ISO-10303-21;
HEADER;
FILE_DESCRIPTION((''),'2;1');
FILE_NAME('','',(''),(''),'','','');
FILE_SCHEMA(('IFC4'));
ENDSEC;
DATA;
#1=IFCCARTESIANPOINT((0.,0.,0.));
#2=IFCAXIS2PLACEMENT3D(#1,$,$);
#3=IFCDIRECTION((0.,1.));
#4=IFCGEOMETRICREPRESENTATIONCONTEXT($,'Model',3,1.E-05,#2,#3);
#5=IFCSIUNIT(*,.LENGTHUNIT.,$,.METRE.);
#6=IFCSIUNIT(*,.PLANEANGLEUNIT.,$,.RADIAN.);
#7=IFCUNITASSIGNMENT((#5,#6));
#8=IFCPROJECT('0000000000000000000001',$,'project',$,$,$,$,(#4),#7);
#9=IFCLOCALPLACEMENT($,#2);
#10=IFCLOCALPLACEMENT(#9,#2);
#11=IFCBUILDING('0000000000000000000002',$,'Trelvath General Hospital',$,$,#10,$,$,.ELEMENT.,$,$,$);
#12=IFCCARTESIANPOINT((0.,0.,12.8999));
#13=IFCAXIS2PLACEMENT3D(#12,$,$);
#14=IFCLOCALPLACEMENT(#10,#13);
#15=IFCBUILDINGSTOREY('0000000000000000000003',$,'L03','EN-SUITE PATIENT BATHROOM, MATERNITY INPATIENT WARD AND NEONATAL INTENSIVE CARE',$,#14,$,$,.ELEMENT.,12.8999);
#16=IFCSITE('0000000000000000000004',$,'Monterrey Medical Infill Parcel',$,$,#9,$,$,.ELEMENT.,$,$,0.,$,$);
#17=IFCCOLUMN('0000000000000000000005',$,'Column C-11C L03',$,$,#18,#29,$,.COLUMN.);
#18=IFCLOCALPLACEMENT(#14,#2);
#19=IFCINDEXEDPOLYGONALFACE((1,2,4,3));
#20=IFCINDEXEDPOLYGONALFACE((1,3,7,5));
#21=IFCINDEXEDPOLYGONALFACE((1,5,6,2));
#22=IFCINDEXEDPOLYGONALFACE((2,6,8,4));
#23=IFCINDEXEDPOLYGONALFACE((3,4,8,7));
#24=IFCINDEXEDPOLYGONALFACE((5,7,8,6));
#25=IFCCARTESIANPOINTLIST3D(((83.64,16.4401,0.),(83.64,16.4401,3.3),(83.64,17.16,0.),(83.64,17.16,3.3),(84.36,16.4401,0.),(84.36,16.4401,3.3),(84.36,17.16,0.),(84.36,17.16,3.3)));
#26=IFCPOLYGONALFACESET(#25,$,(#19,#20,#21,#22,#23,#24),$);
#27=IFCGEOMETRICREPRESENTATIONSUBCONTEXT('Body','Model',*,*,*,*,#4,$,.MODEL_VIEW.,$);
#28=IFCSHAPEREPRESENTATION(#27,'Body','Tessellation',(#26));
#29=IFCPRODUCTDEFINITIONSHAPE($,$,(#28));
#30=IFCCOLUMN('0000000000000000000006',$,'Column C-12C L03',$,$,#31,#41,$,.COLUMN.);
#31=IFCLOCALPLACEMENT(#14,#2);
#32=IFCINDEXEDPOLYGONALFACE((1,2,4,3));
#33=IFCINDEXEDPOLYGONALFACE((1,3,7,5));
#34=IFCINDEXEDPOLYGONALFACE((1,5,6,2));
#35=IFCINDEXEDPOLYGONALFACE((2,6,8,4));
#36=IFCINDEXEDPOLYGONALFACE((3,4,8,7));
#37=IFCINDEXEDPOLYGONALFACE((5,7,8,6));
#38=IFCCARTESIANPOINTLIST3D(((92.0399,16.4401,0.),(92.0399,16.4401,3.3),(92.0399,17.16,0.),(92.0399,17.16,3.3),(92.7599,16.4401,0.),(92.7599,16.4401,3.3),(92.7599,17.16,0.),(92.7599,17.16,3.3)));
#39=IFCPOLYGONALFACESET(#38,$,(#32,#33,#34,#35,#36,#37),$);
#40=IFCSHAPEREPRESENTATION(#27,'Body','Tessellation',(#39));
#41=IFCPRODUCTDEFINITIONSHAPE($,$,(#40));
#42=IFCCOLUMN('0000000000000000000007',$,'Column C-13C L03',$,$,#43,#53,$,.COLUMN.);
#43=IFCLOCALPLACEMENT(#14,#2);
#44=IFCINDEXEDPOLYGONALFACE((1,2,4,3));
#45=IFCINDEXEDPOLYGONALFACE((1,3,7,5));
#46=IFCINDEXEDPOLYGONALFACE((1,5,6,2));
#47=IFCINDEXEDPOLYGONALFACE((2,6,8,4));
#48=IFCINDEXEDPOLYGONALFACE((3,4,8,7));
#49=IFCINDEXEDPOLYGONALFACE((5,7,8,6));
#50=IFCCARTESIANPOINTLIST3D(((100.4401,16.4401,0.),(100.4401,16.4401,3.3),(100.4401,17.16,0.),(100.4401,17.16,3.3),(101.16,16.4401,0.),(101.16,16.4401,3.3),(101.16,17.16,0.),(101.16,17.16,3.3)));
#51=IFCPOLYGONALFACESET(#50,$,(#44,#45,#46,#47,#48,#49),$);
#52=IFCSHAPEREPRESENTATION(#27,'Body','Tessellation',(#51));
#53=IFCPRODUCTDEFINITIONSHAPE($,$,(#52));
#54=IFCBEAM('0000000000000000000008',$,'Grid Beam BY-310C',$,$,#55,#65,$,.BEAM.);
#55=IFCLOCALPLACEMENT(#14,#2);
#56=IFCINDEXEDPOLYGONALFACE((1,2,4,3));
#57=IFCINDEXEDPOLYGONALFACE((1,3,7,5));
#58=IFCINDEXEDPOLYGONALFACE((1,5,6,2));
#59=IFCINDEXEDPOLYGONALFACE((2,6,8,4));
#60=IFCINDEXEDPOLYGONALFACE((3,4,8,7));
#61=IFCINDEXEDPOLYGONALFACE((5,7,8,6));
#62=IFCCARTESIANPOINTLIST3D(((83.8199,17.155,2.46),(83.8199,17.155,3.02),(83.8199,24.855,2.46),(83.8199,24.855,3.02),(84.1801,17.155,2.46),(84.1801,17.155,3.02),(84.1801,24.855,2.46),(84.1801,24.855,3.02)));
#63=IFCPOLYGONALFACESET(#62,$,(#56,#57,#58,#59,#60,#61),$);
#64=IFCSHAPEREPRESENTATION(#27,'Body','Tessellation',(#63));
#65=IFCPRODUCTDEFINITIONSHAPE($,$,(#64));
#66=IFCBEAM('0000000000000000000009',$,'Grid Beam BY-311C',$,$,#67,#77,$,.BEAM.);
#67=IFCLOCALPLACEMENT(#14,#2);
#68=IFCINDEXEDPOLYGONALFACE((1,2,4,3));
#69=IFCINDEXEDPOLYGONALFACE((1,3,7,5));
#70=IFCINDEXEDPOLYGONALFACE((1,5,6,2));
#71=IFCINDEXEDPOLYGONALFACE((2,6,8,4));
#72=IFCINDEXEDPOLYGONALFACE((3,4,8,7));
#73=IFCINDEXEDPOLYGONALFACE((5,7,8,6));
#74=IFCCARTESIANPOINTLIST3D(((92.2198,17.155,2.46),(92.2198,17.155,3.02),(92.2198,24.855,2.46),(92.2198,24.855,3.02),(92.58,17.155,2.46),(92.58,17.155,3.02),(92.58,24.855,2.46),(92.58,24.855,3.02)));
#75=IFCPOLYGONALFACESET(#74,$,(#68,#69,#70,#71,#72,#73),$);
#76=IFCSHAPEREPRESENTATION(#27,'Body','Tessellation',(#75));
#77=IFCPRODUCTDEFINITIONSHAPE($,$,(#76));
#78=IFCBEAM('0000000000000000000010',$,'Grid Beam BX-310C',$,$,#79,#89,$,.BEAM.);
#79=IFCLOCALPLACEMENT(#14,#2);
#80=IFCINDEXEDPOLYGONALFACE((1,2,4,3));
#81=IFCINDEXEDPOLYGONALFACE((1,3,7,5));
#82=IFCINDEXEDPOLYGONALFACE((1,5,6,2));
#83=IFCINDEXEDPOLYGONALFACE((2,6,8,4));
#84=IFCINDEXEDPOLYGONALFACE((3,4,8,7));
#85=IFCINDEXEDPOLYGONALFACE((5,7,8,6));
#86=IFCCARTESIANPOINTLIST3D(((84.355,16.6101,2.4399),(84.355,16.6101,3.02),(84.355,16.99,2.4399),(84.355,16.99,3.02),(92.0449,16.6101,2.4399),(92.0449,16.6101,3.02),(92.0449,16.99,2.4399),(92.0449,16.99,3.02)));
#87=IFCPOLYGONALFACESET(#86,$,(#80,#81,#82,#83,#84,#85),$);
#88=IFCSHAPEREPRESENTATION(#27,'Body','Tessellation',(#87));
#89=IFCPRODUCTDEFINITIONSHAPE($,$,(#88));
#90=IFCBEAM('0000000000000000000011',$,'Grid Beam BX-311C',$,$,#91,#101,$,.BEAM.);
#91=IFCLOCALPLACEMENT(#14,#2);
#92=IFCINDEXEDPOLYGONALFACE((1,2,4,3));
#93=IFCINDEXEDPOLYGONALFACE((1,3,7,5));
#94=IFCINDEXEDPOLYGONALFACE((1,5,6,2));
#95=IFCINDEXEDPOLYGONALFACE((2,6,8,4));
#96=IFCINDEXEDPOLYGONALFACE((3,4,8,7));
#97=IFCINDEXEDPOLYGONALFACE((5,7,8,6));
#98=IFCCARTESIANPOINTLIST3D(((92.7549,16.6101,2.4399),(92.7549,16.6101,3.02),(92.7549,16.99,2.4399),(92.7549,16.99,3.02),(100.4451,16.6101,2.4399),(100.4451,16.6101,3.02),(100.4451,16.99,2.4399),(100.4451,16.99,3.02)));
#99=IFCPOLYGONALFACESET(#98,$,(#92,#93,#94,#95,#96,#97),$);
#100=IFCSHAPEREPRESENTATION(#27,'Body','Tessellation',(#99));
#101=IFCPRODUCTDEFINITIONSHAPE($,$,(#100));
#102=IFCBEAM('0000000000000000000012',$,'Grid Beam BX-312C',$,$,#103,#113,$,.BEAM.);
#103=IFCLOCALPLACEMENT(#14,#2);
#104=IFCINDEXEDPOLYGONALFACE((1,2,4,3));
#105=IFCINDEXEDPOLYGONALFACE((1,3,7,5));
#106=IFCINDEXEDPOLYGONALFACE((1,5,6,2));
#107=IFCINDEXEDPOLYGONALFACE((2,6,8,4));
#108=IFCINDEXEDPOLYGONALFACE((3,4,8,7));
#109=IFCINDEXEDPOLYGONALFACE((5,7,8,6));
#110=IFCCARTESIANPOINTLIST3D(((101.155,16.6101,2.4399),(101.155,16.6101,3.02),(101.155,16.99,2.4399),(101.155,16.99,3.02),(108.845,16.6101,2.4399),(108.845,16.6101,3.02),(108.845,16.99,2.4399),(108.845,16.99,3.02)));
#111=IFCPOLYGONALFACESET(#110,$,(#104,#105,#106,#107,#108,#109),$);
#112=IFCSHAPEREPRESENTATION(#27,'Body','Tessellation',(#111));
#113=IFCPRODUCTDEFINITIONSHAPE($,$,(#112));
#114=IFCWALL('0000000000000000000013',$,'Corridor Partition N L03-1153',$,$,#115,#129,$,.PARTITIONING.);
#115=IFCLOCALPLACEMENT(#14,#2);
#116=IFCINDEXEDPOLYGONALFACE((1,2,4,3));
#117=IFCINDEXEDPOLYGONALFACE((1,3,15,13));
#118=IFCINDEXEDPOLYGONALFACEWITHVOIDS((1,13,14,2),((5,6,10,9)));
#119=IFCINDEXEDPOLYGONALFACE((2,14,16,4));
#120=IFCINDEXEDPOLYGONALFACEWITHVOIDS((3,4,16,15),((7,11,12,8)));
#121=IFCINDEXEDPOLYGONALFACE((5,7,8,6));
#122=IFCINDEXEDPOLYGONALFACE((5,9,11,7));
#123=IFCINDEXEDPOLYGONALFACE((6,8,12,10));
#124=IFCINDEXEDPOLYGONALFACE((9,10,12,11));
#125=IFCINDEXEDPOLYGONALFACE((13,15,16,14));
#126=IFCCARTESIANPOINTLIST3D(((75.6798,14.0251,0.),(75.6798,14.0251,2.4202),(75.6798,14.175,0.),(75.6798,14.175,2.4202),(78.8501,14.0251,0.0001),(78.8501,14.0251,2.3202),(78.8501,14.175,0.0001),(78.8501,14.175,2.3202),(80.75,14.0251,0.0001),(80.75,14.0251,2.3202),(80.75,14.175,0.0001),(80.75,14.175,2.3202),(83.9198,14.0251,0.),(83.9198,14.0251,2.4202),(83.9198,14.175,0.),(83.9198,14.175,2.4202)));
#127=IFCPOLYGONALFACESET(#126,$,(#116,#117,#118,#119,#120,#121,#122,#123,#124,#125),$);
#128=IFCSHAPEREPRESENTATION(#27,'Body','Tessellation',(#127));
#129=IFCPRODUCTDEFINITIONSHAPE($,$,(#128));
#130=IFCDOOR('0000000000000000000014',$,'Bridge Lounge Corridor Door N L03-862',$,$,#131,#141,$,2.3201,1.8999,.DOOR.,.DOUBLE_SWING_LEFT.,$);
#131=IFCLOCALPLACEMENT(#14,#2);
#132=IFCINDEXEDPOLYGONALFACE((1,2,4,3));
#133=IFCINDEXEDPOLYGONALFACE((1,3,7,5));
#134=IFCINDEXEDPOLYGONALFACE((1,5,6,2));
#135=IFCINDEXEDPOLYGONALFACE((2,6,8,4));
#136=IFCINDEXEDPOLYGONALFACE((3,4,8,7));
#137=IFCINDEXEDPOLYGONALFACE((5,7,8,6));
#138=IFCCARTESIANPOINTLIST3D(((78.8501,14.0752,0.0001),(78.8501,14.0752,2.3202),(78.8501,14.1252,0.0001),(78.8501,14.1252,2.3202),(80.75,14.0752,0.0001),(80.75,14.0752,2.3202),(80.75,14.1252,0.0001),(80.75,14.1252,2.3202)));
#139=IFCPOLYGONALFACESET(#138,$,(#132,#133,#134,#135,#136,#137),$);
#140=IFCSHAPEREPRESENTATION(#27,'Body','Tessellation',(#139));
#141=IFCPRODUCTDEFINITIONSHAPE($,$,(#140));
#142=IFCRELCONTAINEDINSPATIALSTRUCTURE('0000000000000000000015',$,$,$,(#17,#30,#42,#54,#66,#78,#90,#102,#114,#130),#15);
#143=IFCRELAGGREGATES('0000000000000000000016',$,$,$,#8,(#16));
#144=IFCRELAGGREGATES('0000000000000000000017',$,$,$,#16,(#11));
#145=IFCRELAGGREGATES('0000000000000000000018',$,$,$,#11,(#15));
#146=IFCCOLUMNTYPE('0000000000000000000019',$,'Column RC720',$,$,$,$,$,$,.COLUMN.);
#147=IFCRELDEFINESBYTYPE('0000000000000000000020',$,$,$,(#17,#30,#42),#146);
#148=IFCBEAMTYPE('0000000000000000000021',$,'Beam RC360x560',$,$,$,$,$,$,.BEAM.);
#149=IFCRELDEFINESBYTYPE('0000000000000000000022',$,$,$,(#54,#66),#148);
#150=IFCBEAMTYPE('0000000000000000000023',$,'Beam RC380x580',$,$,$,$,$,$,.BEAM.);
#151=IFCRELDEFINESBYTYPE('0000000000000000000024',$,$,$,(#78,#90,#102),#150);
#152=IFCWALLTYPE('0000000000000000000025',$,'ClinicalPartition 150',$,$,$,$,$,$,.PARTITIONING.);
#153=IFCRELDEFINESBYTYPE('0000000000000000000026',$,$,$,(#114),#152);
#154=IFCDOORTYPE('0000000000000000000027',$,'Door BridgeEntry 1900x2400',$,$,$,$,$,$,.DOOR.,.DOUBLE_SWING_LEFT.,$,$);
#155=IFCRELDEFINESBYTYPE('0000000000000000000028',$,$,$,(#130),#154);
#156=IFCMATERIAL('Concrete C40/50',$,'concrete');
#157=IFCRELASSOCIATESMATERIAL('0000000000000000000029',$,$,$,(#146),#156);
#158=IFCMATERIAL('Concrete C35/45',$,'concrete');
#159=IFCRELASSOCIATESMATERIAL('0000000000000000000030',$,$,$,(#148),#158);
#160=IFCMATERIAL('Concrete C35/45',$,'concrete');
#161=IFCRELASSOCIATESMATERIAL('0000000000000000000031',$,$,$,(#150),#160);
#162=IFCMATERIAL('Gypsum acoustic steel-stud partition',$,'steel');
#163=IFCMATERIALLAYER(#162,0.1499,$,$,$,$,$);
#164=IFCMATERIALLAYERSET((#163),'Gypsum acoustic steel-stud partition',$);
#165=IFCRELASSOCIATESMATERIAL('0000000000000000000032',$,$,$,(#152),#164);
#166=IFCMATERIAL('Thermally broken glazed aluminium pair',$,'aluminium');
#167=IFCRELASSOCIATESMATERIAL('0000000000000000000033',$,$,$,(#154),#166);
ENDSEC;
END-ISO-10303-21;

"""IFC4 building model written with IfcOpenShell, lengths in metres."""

from ifc_helpers import new_model, si_unit, direction, frame, frame_2d, origin, origin_2d, place, context, subcontext, project, spatial, rectangle, extrude, material, layer, layer_set, material_profile, profile_set, type_object, element, fill, save


model = new_model("IFC4")

# Units and contexts
model_context = context("Model", 3, precision=1e-05, world=origin(), true_north=direction((0.0, 1.0)))
body_context = subcontext(model_context, "Body", "Model", "MODEL_VIEW")
ifc_project = project(units=[si_unit("LENGTHUNIT", "METRE"), si_unit("PLANEANGLEUNIT", "RADIAN")], contexts=[model_context])

# Site, building, storey
site_placement = place(None, origin())
site = spatial("IfcSite", under=ifc_project, at=site_placement, Name="Monterrey Medical Infill Parcel", CompositionType="ELEMENT", RefElevation=0.0)
building_placement = place(site_placement, origin())
building = spatial("IfcBuilding", under=site, at=building_placement, Name="Trelvath General Hospital", CompositionType="ELEMENT")
storey_placement = place(building_placement, frame((0.0, 0.0, 12.8999)))
storey = spatial("IfcBuildingStorey", under=building, at=storey_placement, Name="L03", Description="EN-SUITE PATIENT BATHROOM, MATERNITY INPATIENT WARD AND NEONATAL INTENSIVE CARE", CompositionType="ELEMENT", Elevation=12.8999)

# Columns
ifc_material_1 = material(Name="Concrete C40/50", Category="concrete")
ifc_material_profile_1 = material_profile(ifc_material_1, rectangle(XDim=0.72, YDim=0.72, at=origin_2d()), Name="RC720x720")
ifc_profile_set_1 = profile_set([ifc_material_profile_1], Name="Concrete C40/50")
column_type = type_object("IfcColumnType", Name="Column RC720", PredefinedType="COLUMN", material=ifc_profile_set_1)
for number, where, z_axis, x_axis, name in (
    (1, (84.0, 16.8, 0.0), (0.0, 0.0, 1.0), (1.0, 0.0, 0.0), "Column C-11C L03"),
    (2, (92.3999, 16.8, 0.0), (0.0, 0.0, 1.0), (1.0, 0.0, 0.0), "Column C-12C L03"),
    (3, (100.8, 16.8, 0.0), (0.0, 0.0, 1.0), (1.0, 0.0, 0.0), "Column C-13C L03"),
):
    element("IfcColumn", number, at=place(storey_placement, frame(where, z_axis=z_axis, x_axis=x_axis)), inside=storey, type_object=column_type, Name=name, PredefinedType="COLUMN", context=body_context, shape_type="SweptSolid", body=[
        extrude(rectangle(XDim=0.72, YDim=0.72, at=origin_2d()), origin(), (0.0, 0.0, 1.0), 3.3),
    ])

# Beams
ifc_material_2 = material(Name="Concrete C35/45", Category="concrete")
ifc_material_profile_2 = material_profile(ifc_material_2, rectangle(XDim=0.3601, YDim=0.5601, at=origin_2d()), Name="RCB360x560")
ifc_profile_set_2 = profile_set([ifc_material_profile_2], Name="Concrete C35/45")
beam_type_1 = type_object("IfcBeamType", Name="Beam RC360x560", PredefinedType="BEAM", material=ifc_profile_set_2)
for number, where, z_axis, x_axis, name in (
    (4, (84.0, 17.155, 2.74), (0.0, 1.0, 0.0), (-1.0, 0.0, 0.0), "Grid Beam BY-310C"),
    (5, (92.3999, 17.155, 2.74), (0.0, 1.0, 0.0), (-1.0, 0.0, 0.0), "Grid Beam BY-311C"),
):
    element("IfcBeam", number, at=place(storey_placement, frame(where, z_axis=z_axis, x_axis=x_axis)), inside=storey, type_object=beam_type_1, Name=name, PredefinedType="BEAM", context=body_context, shape_type="SweptSolid", body=[
        extrude(rectangle(XDim=0.3601, YDim=0.5601, at=origin_2d()), origin(), (0.0, 0.0, 1.0), 7.7),
    ])
ifc_material_3 = material(Name="Concrete C35/45", Category="concrete")
ifc_material_profile_3 = material_profile(ifc_material_3, rectangle(XDim=0.3799, YDim=0.5801, at=origin_2d()), Name="RCB380x580")
ifc_profile_set_3 = profile_set([ifc_material_profile_3], Name="Concrete C35/45")
beam_type_2 = type_object("IfcBeamType", Name="Beam RC380x580", PredefinedType="BEAM", material=ifc_profile_set_3)
beam_1_placement = place(storey_placement, frame((84.355, 16.8, 2.73), z_axis=(1.0, 0.0, 0.0), x_axis=(0.0, 1.0, 0.0)))
element("IfcBeam", 6, at=beam_1_placement, inside=storey, type_object=beam_type_2, Name="Grid Beam BX-310C", PredefinedType="BEAM", context=body_context, shape_type="SweptSolid", body=[
    extrude(rectangle(XDim=0.3799, YDim=0.5801, at=origin_2d()), origin(), (0.0, 0.0, 1.0), 7.6899),
])
beam_2_placement = place(storey_placement, frame((92.7549, 16.8, 2.73), z_axis=(1.0, 0.0, 0.0), x_axis=(0.0, 1.0, 0.0)))
element("IfcBeam", 7, at=beam_2_placement, inside=storey, type_object=beam_type_2, Name="Grid Beam BX-311C", PredefinedType="BEAM", context=body_context, shape_type="SweptSolid", body=[
    extrude(rectangle(XDim=0.3799, YDim=0.5801, at=origin_2d()), origin(), (0.0, 0.0, 1.0), 7.6902),
])
beam_3_placement = place(storey_placement, frame((101.155, 16.8, 2.73), z_axis=(1.0, 0.0, 0.0), x_axis=(0.0, 1.0, 0.0)))
element("IfcBeam", 8, at=beam_3_placement, inside=storey, type_object=beam_type_2, Name="Grid Beam BX-312C", PredefinedType="BEAM", context=body_context, shape_type="SweptSolid", body=[
    extrude(rectangle(XDim=0.3799, YDim=0.5801, at=origin_2d()), origin(), (0.0, 0.0, 1.0), 7.6899),
])

# Wall, opening, door
ifc_material_4 = material(Name="Gypsum acoustic steel-stud partition", Category="steel")
ifc_layer_1 = layer(ifc_material_4, 0.1499)
ifc_layer_set_1 = layer_set([ifc_layer_1], Name="Gypsum acoustic steel-stud partition")
wall_type_1 = type_object("IfcWallType", Name="ClinicalPartition 150", PredefinedType="PARTITIONING", material=ifc_layer_set_1)
wall_1_placement = place(storey_placement, frame((83.9199, 14.1001, 0.0), z_axis=(0.0, 0.0, 1.0), x_axis=(-1.0, 0.0, 0.0)))
wall_1 = element("IfcWall", 9, at=wall_1_placement, inside=storey, type_object=wall_type_1, Name="Corridor Partition N L03-1153", PredefinedType="PARTITIONING", context=body_context, shape_type="SweptSolid", body=[
    extrude(rectangle(XDim=8.24, YDim=0.1499, at=frame_2d((4.1201, 0.0))), origin(), (0.0, 0.0, 1.0), 2.4202),
])
opening_1_placement = place(wall_1_placement, frame((3.1699, 0.0, 0.0)))
opening_1 = element("IfcOpeningElement", 10, at=opening_1_placement, cuts=wall_1, PredefinedType="OPENING", context=body_context, shape_type="SweptSolid", body=[
    extrude(rectangle(XDim=1.8999, YDim=2.3201, at=frame_2d((0.95, 1.1602))), frame((0.0, 0.085, 0.0), z_axis=(0.0, -1.0, 0.0), x_axis=(1.0, 0.0, 0.0)), (0.0, 0.0, 1.0), 0.1699),
])
ifc_material_5 = material(Name="Thermally broken glazed aluminium pair", Category="aluminium")
door_type_1 = type_object("IfcDoorType", Name="Door BridgeEntry 1900x2400", OperationType="DOUBLE_SWING_LEFT", PredefinedType="DOOR", material=ifc_material_5)
door_1_placement = place(opening_1_placement, origin())
door_1 = element("IfcDoor", 11, at=door_1_placement, inside=storey, type_object=door_type_1, Name="Bridge Lounge Corridor Door N L03-862", OperationType="DOUBLE_SWING_LEFT", OverallHeight=2.3201, OverallWidth=1.8999, PredefinedType="DOOR", context=body_context, shape_type="SweptSolid", body=[
    extrude(rectangle(XDim=1.8999, YDim=2.3201, at=frame_2d((0.95, 1.1602))), frame((0.0, 0.0249, 0.0), z_axis=(0.0, -1.0, 0.0), x_axis=(1.0, 0.0, 0.0)), (0.0, 0.0, 1.0), 0.05),
])
fill(opening_1, door_1)

save(model, "model.ifc")
